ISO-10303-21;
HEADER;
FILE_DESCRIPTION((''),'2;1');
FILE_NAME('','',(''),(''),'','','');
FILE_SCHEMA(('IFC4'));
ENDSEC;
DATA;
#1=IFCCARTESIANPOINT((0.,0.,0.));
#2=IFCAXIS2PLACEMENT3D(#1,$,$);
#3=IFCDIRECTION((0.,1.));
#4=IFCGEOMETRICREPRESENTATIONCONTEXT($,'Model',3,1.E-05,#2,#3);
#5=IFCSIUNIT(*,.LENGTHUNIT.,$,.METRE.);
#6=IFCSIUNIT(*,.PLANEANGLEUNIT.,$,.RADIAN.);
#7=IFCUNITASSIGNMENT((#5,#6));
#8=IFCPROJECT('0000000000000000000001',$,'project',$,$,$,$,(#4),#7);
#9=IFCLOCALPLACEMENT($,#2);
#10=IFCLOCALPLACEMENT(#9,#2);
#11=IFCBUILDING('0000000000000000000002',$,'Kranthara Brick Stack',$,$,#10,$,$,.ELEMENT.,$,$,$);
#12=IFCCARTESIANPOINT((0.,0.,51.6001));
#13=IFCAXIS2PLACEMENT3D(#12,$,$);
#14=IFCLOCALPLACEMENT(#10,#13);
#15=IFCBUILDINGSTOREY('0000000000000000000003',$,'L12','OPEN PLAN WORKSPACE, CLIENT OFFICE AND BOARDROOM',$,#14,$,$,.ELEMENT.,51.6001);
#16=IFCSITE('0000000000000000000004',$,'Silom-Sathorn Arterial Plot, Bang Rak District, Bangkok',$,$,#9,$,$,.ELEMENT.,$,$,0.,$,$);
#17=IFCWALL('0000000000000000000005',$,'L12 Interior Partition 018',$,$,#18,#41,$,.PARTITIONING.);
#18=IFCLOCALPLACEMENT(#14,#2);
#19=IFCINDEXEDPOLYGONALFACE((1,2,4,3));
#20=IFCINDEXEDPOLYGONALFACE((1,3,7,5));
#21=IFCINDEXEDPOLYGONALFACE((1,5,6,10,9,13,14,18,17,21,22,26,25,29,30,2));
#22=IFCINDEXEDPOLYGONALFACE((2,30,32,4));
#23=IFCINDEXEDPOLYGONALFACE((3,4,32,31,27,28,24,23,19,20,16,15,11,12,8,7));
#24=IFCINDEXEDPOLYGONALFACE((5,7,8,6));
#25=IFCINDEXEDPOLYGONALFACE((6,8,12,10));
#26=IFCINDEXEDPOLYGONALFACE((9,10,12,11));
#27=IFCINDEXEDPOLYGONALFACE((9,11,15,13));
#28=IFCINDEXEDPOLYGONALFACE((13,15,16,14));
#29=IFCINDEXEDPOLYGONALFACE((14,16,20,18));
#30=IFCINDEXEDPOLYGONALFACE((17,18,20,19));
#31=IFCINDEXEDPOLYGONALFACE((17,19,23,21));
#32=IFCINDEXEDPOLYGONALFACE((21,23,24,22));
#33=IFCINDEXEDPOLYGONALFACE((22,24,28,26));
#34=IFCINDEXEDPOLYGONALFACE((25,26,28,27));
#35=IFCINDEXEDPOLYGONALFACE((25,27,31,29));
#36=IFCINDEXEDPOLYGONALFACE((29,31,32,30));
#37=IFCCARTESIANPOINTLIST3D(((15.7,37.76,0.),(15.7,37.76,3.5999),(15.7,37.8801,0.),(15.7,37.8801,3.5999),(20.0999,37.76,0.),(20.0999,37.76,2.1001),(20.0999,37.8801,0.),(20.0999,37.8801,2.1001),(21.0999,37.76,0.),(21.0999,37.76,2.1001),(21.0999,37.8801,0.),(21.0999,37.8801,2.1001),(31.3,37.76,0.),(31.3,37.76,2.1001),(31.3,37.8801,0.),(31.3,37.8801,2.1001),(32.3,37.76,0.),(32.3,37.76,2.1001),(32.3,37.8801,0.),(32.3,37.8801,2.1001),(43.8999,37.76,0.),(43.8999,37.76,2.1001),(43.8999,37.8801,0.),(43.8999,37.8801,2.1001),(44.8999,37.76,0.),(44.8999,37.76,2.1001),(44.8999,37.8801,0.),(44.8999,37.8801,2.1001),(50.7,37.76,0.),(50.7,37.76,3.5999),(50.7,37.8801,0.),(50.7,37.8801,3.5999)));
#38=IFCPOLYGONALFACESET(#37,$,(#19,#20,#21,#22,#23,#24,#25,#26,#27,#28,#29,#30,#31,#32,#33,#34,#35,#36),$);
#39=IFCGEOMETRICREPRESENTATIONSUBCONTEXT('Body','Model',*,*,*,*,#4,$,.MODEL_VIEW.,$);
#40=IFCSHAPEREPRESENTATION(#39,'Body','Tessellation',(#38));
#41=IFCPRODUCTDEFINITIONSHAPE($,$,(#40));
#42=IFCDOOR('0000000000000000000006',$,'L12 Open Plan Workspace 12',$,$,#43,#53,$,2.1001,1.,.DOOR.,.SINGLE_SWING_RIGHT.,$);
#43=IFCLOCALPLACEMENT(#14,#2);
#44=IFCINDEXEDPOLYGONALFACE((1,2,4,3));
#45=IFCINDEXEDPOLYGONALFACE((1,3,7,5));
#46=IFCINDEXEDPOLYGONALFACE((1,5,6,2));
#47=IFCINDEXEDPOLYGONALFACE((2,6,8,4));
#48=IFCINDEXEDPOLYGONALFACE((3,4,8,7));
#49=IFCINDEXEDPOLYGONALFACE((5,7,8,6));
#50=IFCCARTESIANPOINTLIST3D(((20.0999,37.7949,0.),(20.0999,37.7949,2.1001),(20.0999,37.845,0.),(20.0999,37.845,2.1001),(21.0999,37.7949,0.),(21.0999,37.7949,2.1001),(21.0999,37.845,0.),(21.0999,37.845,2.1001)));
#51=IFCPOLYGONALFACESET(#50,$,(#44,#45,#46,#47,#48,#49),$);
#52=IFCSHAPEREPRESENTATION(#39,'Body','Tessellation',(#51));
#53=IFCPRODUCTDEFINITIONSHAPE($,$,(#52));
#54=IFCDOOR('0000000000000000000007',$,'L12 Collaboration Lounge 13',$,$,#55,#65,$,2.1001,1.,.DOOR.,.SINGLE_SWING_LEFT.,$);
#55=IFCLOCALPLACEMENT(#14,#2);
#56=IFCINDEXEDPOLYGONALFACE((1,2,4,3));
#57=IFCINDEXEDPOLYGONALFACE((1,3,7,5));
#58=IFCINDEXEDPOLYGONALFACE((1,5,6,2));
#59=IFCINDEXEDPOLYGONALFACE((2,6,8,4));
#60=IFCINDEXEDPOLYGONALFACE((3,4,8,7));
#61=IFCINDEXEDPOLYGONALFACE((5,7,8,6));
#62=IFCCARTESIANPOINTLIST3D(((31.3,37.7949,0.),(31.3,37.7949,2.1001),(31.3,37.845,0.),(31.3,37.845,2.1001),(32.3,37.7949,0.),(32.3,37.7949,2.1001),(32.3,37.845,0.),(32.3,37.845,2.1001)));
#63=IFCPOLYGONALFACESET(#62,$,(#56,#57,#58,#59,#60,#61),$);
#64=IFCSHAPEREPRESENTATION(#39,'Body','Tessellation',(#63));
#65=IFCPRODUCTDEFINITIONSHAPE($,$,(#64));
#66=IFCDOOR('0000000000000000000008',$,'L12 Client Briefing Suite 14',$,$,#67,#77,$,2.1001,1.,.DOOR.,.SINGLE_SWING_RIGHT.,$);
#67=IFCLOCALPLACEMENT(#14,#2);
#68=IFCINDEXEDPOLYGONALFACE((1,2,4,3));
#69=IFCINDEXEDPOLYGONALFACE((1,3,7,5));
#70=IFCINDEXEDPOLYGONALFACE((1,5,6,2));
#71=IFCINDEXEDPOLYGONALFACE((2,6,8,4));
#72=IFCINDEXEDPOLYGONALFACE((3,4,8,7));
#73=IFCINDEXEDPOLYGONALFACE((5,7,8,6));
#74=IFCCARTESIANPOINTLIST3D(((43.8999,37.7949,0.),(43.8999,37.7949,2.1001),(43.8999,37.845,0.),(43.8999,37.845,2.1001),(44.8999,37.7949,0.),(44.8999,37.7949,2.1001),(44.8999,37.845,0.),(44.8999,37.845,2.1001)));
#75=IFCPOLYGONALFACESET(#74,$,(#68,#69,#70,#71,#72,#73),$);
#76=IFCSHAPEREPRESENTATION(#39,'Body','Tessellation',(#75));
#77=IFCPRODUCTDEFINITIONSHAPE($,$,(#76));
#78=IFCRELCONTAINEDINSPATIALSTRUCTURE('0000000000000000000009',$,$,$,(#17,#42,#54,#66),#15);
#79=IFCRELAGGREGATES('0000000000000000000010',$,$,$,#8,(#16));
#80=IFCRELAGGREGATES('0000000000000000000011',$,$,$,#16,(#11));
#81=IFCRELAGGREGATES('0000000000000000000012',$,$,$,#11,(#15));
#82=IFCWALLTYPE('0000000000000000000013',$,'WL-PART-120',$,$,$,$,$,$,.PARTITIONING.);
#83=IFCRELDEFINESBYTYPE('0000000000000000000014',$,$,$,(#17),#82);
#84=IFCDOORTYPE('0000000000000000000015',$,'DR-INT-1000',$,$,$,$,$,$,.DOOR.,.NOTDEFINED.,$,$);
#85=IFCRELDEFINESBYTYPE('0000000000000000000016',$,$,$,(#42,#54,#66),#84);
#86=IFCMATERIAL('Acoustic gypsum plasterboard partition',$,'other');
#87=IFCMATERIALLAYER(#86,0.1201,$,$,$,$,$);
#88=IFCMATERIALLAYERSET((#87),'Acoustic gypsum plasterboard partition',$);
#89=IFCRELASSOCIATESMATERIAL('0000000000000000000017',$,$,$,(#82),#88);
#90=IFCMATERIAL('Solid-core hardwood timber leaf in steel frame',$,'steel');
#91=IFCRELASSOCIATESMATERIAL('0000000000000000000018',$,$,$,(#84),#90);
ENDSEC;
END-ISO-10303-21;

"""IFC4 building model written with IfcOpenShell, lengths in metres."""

from ifc_helpers import new_model, si_unit, direction, frame, frame_2d, origin, place, context, subcontext, project, spatial, rectangle, extrude, material, layer, layer_set, type_object, element, fill, save


model = new_model("IFC4")

# Units and contexts
model_context = context("Model", 3, precision=1e-05, world=origin(), true_north=direction((0.0, 1.0)))
body_context = subcontext(model_context, "Body", "Model", "MODEL_VIEW")
ifc_project = project(units=[si_unit("LENGTHUNIT", "METRE"), si_unit("PLANEANGLEUNIT", "RADIAN")], contexts=[model_context])

# Site, building, storey
site_placement = place(None, origin())
site = spatial("IfcSite", under=ifc_project, at=site_placement, Name="Silom-Sathorn Arterial Plot, Bang Rak District, Bangkok", CompositionType="ELEMENT", RefElevation=0.0)
building_placement = place(site_placement, origin())
building = spatial("IfcBuilding", under=site, at=building_placement, Name="Kranthara Brick Stack", CompositionType="ELEMENT")
storey_placement = place(building_placement, frame((0.0, 0.0, 51.6001)))
storey = spatial("IfcBuildingStorey", under=building, at=storey_placement, Name="L12", Description="OPEN PLAN WORKSPACE, CLIENT OFFICE AND BOARDROOM", CompositionType="ELEMENT", Elevation=51.6001)

# Shared definitions
ifc_material_1 = material(Name="Acoustic gypsum plasterboard partition", Category="other")
ifc_layer_1 = layer(ifc_material_1, 0.1201)
ifc_layer_set_1 = layer_set([ifc_layer_1], Name="Acoustic gypsum plasterboard partition")
wall_type_1 = type_object("IfcWallType", Name="WL-PART-120", PredefinedType="PARTITIONING", material=ifc_layer_set_1)

# Wall, openings, doors
wall_1_placement = place(storey_placement, frame((15.7, 37.8201, 0.0), z_axis=(0.0, 0.0, 1.0), x_axis=(1.0, 0.0, 0.0)))
wall_1 = element("IfcWall", 1, at=wall_1_placement, inside=storey, type_object=wall_type_1, Name="L12 Interior Partition 018", PredefinedType="PARTITIONING", context=body_context, shape_type="SweptSolid", body=[
    extrude(rectangle(XDim=35.0, YDim=0.1201, at=frame_2d((17.5, 0.0))), origin(), (0.0, 0.0, 1.0), 3.5999),
])
opening_1_placement = place(wall_1_placement, frame((4.3999, 0.0, 0.0)))
opening_1 = element("IfcOpeningElement", 2, at=opening_1_placement, cuts=wall_1, PredefinedType="OPENING", context=body_context, shape_type="SweptSolid", body=[
    extrude(rectangle(XDim=1.0, YDim=2.1001, at=frame_2d((0.5, 1.05))), frame((0.0, 0.0701, 0.0), z_axis=(0.0, -1.0, 0.0), x_axis=(1.0, 0.0, 0.0)), (0.0, 0.0, 1.0), 0.1401),
])
opening_2_placement = place(wall_1_placement, frame((15.6001, 0.0, 0.0)))
opening_2 = element("IfcOpeningElement", 3, at=opening_2_placement, cuts=wall_1, PredefinedType="OPENING", context=body_context, shape_type="SweptSolid", body=[
    extrude(rectangle(XDim=1.0, YDim=2.1001, at=frame_2d((0.5, 1.05))), frame((0.0, 0.0701, 0.0), z_axis=(0.0, -1.0, 0.0), x_axis=(1.0, 0.0, 0.0)), (0.0, 0.0, 1.0), 0.1401),
])
opening_3_placement = place(wall_1_placement, frame((28.2, 0.0, 0.0)))
opening_3 = element("IfcOpeningElement", 4, at=opening_3_placement, cuts=wall_1, PredefinedType="OPENING", context=body_context, shape_type="SweptSolid", body=[
    extrude(rectangle(XDim=1.0, YDim=2.1001, at=frame_2d((0.5, 1.05))), frame((0.0, 0.0701, 0.0), z_axis=(0.0, -1.0, 0.0), x_axis=(1.0, 0.0, 0.0)), (0.0, 0.0, 1.0), 0.1401),
])
ifc_material_2 = material(Name="Solid-core hardwood timber leaf in steel frame", Category="steel")
door_type_1 = type_object("IfcDoorType", Name="DR-INT-1000", OperationType="NOTDEFINED", PredefinedType="DOOR", material=ifc_material_2)
door_1_placement = place(opening_1_placement, origin())
door_1 = element("IfcDoor", 5, at=door_1_placement, inside=storey, type_object=door_type_1, Name="L12 Open Plan Workspace 12", OperationType="SINGLE_SWING_RIGHT", OverallHeight=2.1001, OverallWidth=1.0, PredefinedType="DOOR", context=body_context, shape_type="SweptSolid", body=[
    extrude(rectangle(XDim=1.0, YDim=2.1001, at=frame_2d((0.5, 1.05))), frame((0.0, 0.0249, 0.0), z_axis=(0.0, -1.0, 0.0), x_axis=(1.0, 0.0, 0.0)), (0.0, 0.0, 1.0), 0.05),
])
fill(opening_1, door_1)
door_2_placement = place(opening_2_placement, origin())
door_2 = element("IfcDoor", 6, at=door_2_placement, inside=storey, type_object=door_type_1, Name="L12 Collaboration Lounge 13", OperationType="SINGLE_SWING_LEFT", OverallHeight=2.1001, OverallWidth=1.0, PredefinedType="DOOR", context=body_context, shape_type="SweptSolid", body=[
    extrude(rectangle(XDim=1.0, YDim=2.1001, at=frame_2d((0.5, 1.05))), frame((0.0, 0.0249, 0.0), z_axis=(0.0, -1.0, 0.0), x_axis=(1.0, 0.0, 0.0)), (0.0, 0.0, 1.0), 0.05),
])
fill(opening_2, door_2)
door_3_placement = place(opening_3_placement, origin())
door_3 = element("IfcDoor", 7, at=door_3_placement, inside=storey, type_object=door_type_1, Name="L12 Client Briefing Suite 14", OperationType="SINGLE_SWING_RIGHT", OverallHeight=2.1001, OverallWidth=1.0, PredefinedType="DOOR", context=body_context, shape_type="SweptSolid", body=[
    extrude(rectangle(XDim=1.0, YDim=2.1001, at=frame_2d((0.5, 1.05))), frame((0.0, 0.0249, 0.0), z_axis=(0.0, -1.0, 0.0), x_axis=(1.0, 0.0, 0.0)), (0.0, 0.0, 1.0), 0.05),
])
fill(opening_3, door_3)

save(model, "model.ifc")
